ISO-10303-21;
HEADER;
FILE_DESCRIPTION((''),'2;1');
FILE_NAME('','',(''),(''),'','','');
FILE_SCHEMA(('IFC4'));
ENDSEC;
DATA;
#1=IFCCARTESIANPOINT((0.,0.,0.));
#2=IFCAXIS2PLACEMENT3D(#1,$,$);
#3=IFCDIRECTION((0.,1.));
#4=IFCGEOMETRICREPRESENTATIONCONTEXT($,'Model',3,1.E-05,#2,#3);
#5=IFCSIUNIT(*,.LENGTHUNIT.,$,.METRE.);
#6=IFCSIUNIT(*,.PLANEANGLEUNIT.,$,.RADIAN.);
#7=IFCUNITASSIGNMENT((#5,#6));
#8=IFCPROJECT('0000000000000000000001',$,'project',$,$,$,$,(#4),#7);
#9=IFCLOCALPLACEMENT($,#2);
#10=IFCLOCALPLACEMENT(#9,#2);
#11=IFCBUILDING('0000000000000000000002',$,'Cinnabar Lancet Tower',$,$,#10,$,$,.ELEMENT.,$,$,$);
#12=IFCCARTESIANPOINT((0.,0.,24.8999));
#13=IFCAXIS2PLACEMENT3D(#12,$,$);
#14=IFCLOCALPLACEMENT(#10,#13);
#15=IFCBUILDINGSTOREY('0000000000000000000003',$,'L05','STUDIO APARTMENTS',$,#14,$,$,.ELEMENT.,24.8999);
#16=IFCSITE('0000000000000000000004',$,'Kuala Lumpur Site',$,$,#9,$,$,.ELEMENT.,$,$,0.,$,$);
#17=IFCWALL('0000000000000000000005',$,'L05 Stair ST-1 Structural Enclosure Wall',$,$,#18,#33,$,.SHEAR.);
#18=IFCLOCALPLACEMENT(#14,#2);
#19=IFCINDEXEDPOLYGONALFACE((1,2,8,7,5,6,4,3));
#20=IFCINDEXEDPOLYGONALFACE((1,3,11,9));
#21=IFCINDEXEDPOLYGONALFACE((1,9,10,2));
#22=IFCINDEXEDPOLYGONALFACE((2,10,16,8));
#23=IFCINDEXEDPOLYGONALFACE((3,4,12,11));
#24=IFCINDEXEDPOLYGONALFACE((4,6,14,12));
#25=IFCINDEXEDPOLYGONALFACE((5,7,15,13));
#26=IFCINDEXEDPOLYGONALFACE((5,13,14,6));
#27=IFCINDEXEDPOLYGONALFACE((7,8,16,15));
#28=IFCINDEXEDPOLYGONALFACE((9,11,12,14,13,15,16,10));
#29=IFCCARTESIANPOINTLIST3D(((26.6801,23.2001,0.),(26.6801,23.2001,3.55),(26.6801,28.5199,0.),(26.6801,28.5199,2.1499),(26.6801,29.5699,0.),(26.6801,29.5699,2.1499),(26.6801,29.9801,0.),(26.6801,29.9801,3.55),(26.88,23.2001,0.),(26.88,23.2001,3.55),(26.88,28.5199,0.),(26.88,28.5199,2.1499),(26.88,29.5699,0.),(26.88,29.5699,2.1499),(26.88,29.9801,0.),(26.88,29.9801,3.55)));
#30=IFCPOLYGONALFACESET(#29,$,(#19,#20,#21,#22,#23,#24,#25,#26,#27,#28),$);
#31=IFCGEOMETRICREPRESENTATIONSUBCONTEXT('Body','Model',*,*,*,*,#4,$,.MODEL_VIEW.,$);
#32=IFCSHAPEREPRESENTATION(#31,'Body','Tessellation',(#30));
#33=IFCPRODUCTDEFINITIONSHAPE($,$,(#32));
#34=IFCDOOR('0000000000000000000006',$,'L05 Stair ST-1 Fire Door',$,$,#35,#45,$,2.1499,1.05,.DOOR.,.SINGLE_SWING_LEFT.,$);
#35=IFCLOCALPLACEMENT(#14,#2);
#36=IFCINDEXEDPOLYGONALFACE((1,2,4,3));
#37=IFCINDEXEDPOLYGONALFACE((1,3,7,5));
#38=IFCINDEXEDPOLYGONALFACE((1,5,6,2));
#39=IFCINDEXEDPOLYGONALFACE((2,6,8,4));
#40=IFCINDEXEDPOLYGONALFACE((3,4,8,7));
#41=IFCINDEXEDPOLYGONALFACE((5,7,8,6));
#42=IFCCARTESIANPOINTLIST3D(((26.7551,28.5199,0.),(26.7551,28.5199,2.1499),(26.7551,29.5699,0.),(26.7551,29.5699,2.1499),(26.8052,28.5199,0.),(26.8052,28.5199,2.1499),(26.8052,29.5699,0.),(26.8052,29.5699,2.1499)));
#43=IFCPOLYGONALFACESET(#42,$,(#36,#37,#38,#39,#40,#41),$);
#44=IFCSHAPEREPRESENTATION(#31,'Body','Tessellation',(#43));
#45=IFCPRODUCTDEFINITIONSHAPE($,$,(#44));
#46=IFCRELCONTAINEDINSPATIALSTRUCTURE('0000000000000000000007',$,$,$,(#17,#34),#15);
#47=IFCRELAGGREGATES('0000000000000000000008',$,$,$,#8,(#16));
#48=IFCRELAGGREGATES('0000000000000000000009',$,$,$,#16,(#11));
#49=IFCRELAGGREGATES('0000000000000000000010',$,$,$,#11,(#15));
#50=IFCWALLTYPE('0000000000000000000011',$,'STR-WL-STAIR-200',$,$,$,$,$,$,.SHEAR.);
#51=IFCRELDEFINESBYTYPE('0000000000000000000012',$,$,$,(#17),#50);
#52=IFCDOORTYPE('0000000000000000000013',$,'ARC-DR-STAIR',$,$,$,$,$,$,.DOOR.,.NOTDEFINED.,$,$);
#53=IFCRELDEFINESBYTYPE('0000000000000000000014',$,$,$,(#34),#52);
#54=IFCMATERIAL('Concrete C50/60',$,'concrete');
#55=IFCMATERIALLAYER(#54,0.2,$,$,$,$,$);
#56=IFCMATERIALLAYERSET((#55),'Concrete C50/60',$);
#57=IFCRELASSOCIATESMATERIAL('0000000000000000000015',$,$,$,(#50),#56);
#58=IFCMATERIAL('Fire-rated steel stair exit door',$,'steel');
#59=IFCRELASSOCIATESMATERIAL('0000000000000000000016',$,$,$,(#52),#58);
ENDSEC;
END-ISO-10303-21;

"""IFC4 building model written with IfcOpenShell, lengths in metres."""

from ifc_helpers import new_model, si_unit, direction, frame, frame_2d, origin, place, context, subcontext, project, spatial, rectangle, extrude, material, layer, layer_set, type_object, element, fill, save


model = new_model("IFC4")

# Units and contexts
model_context = context("Model", 3, precision=1e-05, world=origin(), true_north=direction((0.0, 1.0)))
body_context = subcontext(model_context, "Body", "Model", "MODEL_VIEW")
ifc_project = project(units=[si_unit("LENGTHUNIT", "METRE"), si_unit("PLANEANGLEUNIT", "RADIAN")], contexts=[model_context])

# Site, building, storey
site_placement = place(None, origin())
site = spatial("IfcSite", under=ifc_project, at=site_placement, Name="Kuala Lumpur Site", CompositionType="ELEMENT", RefElevation=0.0)
building_placement = place(site_placement, origin())
building = spatial("IfcBuilding", under=site, at=building_placement, Name="Cinnabar Lancet Tower", CompositionType="ELEMENT")
storey_placement = place(building_placement, frame((0.0, 0.0, 24.8999)))
storey = spatial("IfcBuildingStorey", under=building, at=storey_placement, Name="L05", Description="STUDIO APARTMENTS", CompositionType="ELEMENT", Elevation=24.8999)

# Wall, opening, door
ifc_material_1 = material(Name="Concrete C50/60", Category="concrete")
ifc_layer_1 = layer(ifc_material_1, 0.2)
ifc_layer_set_1 = layer_set([ifc_layer_1], Name="Concrete C50/60")
wall_type_1 = type_object("IfcWallType", Name="STR-WL-STAIR-200", PredefinedType="SHEAR", material=ifc_layer_set_1)
wall_1_placement = place(storey_placement, frame((26.78, 23.2, 0.0), z_axis=(0.0, 0.0, 1.0), x_axis=(0.0, 1.0, 0.0)))
wall_1 = element("IfcWall", 1, at=wall_1_placement, inside=storey, type_object=wall_type_1, Name="L05 Stair ST-1 Structural Enclosure Wall", PredefinedType="SHEAR", context=body_context, shape_type="SweptSolid", body=[
    extrude(rectangle(XDim=6.78, YDim=0.2, at=frame_2d((3.3901, 0.0))), origin(), (0.0, 0.0, 1.0), 3.55),
])
opening_1_placement = place(wall_1_placement, frame((5.3201, 0.0, 0.0)))
opening_1 = element("IfcOpeningElement", 2, at=opening_1_placement, cuts=wall_1, PredefinedType="OPENING", context=body_context, shape_type="SweptSolid", body=[
    extrude(rectangle(XDim=1.05, YDim=2.1499, at=frame_2d((0.5249, 1.075))), frame((0.0, 0.1099, 0.0), z_axis=(0.0, -1.0, 0.0), x_axis=(1.0, 0.0, 0.0)), (0.0, 0.0, 1.0), 0.22),
])
ifc_material_2 = material(Name="Fire-rated steel stair exit door", Category="steel")
door_type_1 = type_object("IfcDoorType", Name="ARC-DR-STAIR", OperationType="NOTDEFINED", PredefinedType="DOOR", material=ifc_material_2)
door_1_placement = place(opening_1_placement, origin())
door_1 = element("IfcDoor", 3, at=door_1_placement, inside=storey, type_object=door_type_1, Name="L05 Stair ST-1 Fire Door", OperationType="SINGLE_SWING_LEFT", OverallHeight=2.1499, OverallWidth=1.05, PredefinedType="DOOR", context=body_context, shape_type="SweptSolid", body=[
    extrude(rectangle(XDim=1.05, YDim=2.1499, at=frame_2d((0.5249, 1.075))), frame((0.0, 0.0249, 0.0), z_axis=(0.0, -1.0, 0.0), x_axis=(1.0, 0.0, 0.0)), (0.0, 0.0, 1.0), 0.05),
])
fill(opening_1, door_1)

save(model, "model.ifc")
